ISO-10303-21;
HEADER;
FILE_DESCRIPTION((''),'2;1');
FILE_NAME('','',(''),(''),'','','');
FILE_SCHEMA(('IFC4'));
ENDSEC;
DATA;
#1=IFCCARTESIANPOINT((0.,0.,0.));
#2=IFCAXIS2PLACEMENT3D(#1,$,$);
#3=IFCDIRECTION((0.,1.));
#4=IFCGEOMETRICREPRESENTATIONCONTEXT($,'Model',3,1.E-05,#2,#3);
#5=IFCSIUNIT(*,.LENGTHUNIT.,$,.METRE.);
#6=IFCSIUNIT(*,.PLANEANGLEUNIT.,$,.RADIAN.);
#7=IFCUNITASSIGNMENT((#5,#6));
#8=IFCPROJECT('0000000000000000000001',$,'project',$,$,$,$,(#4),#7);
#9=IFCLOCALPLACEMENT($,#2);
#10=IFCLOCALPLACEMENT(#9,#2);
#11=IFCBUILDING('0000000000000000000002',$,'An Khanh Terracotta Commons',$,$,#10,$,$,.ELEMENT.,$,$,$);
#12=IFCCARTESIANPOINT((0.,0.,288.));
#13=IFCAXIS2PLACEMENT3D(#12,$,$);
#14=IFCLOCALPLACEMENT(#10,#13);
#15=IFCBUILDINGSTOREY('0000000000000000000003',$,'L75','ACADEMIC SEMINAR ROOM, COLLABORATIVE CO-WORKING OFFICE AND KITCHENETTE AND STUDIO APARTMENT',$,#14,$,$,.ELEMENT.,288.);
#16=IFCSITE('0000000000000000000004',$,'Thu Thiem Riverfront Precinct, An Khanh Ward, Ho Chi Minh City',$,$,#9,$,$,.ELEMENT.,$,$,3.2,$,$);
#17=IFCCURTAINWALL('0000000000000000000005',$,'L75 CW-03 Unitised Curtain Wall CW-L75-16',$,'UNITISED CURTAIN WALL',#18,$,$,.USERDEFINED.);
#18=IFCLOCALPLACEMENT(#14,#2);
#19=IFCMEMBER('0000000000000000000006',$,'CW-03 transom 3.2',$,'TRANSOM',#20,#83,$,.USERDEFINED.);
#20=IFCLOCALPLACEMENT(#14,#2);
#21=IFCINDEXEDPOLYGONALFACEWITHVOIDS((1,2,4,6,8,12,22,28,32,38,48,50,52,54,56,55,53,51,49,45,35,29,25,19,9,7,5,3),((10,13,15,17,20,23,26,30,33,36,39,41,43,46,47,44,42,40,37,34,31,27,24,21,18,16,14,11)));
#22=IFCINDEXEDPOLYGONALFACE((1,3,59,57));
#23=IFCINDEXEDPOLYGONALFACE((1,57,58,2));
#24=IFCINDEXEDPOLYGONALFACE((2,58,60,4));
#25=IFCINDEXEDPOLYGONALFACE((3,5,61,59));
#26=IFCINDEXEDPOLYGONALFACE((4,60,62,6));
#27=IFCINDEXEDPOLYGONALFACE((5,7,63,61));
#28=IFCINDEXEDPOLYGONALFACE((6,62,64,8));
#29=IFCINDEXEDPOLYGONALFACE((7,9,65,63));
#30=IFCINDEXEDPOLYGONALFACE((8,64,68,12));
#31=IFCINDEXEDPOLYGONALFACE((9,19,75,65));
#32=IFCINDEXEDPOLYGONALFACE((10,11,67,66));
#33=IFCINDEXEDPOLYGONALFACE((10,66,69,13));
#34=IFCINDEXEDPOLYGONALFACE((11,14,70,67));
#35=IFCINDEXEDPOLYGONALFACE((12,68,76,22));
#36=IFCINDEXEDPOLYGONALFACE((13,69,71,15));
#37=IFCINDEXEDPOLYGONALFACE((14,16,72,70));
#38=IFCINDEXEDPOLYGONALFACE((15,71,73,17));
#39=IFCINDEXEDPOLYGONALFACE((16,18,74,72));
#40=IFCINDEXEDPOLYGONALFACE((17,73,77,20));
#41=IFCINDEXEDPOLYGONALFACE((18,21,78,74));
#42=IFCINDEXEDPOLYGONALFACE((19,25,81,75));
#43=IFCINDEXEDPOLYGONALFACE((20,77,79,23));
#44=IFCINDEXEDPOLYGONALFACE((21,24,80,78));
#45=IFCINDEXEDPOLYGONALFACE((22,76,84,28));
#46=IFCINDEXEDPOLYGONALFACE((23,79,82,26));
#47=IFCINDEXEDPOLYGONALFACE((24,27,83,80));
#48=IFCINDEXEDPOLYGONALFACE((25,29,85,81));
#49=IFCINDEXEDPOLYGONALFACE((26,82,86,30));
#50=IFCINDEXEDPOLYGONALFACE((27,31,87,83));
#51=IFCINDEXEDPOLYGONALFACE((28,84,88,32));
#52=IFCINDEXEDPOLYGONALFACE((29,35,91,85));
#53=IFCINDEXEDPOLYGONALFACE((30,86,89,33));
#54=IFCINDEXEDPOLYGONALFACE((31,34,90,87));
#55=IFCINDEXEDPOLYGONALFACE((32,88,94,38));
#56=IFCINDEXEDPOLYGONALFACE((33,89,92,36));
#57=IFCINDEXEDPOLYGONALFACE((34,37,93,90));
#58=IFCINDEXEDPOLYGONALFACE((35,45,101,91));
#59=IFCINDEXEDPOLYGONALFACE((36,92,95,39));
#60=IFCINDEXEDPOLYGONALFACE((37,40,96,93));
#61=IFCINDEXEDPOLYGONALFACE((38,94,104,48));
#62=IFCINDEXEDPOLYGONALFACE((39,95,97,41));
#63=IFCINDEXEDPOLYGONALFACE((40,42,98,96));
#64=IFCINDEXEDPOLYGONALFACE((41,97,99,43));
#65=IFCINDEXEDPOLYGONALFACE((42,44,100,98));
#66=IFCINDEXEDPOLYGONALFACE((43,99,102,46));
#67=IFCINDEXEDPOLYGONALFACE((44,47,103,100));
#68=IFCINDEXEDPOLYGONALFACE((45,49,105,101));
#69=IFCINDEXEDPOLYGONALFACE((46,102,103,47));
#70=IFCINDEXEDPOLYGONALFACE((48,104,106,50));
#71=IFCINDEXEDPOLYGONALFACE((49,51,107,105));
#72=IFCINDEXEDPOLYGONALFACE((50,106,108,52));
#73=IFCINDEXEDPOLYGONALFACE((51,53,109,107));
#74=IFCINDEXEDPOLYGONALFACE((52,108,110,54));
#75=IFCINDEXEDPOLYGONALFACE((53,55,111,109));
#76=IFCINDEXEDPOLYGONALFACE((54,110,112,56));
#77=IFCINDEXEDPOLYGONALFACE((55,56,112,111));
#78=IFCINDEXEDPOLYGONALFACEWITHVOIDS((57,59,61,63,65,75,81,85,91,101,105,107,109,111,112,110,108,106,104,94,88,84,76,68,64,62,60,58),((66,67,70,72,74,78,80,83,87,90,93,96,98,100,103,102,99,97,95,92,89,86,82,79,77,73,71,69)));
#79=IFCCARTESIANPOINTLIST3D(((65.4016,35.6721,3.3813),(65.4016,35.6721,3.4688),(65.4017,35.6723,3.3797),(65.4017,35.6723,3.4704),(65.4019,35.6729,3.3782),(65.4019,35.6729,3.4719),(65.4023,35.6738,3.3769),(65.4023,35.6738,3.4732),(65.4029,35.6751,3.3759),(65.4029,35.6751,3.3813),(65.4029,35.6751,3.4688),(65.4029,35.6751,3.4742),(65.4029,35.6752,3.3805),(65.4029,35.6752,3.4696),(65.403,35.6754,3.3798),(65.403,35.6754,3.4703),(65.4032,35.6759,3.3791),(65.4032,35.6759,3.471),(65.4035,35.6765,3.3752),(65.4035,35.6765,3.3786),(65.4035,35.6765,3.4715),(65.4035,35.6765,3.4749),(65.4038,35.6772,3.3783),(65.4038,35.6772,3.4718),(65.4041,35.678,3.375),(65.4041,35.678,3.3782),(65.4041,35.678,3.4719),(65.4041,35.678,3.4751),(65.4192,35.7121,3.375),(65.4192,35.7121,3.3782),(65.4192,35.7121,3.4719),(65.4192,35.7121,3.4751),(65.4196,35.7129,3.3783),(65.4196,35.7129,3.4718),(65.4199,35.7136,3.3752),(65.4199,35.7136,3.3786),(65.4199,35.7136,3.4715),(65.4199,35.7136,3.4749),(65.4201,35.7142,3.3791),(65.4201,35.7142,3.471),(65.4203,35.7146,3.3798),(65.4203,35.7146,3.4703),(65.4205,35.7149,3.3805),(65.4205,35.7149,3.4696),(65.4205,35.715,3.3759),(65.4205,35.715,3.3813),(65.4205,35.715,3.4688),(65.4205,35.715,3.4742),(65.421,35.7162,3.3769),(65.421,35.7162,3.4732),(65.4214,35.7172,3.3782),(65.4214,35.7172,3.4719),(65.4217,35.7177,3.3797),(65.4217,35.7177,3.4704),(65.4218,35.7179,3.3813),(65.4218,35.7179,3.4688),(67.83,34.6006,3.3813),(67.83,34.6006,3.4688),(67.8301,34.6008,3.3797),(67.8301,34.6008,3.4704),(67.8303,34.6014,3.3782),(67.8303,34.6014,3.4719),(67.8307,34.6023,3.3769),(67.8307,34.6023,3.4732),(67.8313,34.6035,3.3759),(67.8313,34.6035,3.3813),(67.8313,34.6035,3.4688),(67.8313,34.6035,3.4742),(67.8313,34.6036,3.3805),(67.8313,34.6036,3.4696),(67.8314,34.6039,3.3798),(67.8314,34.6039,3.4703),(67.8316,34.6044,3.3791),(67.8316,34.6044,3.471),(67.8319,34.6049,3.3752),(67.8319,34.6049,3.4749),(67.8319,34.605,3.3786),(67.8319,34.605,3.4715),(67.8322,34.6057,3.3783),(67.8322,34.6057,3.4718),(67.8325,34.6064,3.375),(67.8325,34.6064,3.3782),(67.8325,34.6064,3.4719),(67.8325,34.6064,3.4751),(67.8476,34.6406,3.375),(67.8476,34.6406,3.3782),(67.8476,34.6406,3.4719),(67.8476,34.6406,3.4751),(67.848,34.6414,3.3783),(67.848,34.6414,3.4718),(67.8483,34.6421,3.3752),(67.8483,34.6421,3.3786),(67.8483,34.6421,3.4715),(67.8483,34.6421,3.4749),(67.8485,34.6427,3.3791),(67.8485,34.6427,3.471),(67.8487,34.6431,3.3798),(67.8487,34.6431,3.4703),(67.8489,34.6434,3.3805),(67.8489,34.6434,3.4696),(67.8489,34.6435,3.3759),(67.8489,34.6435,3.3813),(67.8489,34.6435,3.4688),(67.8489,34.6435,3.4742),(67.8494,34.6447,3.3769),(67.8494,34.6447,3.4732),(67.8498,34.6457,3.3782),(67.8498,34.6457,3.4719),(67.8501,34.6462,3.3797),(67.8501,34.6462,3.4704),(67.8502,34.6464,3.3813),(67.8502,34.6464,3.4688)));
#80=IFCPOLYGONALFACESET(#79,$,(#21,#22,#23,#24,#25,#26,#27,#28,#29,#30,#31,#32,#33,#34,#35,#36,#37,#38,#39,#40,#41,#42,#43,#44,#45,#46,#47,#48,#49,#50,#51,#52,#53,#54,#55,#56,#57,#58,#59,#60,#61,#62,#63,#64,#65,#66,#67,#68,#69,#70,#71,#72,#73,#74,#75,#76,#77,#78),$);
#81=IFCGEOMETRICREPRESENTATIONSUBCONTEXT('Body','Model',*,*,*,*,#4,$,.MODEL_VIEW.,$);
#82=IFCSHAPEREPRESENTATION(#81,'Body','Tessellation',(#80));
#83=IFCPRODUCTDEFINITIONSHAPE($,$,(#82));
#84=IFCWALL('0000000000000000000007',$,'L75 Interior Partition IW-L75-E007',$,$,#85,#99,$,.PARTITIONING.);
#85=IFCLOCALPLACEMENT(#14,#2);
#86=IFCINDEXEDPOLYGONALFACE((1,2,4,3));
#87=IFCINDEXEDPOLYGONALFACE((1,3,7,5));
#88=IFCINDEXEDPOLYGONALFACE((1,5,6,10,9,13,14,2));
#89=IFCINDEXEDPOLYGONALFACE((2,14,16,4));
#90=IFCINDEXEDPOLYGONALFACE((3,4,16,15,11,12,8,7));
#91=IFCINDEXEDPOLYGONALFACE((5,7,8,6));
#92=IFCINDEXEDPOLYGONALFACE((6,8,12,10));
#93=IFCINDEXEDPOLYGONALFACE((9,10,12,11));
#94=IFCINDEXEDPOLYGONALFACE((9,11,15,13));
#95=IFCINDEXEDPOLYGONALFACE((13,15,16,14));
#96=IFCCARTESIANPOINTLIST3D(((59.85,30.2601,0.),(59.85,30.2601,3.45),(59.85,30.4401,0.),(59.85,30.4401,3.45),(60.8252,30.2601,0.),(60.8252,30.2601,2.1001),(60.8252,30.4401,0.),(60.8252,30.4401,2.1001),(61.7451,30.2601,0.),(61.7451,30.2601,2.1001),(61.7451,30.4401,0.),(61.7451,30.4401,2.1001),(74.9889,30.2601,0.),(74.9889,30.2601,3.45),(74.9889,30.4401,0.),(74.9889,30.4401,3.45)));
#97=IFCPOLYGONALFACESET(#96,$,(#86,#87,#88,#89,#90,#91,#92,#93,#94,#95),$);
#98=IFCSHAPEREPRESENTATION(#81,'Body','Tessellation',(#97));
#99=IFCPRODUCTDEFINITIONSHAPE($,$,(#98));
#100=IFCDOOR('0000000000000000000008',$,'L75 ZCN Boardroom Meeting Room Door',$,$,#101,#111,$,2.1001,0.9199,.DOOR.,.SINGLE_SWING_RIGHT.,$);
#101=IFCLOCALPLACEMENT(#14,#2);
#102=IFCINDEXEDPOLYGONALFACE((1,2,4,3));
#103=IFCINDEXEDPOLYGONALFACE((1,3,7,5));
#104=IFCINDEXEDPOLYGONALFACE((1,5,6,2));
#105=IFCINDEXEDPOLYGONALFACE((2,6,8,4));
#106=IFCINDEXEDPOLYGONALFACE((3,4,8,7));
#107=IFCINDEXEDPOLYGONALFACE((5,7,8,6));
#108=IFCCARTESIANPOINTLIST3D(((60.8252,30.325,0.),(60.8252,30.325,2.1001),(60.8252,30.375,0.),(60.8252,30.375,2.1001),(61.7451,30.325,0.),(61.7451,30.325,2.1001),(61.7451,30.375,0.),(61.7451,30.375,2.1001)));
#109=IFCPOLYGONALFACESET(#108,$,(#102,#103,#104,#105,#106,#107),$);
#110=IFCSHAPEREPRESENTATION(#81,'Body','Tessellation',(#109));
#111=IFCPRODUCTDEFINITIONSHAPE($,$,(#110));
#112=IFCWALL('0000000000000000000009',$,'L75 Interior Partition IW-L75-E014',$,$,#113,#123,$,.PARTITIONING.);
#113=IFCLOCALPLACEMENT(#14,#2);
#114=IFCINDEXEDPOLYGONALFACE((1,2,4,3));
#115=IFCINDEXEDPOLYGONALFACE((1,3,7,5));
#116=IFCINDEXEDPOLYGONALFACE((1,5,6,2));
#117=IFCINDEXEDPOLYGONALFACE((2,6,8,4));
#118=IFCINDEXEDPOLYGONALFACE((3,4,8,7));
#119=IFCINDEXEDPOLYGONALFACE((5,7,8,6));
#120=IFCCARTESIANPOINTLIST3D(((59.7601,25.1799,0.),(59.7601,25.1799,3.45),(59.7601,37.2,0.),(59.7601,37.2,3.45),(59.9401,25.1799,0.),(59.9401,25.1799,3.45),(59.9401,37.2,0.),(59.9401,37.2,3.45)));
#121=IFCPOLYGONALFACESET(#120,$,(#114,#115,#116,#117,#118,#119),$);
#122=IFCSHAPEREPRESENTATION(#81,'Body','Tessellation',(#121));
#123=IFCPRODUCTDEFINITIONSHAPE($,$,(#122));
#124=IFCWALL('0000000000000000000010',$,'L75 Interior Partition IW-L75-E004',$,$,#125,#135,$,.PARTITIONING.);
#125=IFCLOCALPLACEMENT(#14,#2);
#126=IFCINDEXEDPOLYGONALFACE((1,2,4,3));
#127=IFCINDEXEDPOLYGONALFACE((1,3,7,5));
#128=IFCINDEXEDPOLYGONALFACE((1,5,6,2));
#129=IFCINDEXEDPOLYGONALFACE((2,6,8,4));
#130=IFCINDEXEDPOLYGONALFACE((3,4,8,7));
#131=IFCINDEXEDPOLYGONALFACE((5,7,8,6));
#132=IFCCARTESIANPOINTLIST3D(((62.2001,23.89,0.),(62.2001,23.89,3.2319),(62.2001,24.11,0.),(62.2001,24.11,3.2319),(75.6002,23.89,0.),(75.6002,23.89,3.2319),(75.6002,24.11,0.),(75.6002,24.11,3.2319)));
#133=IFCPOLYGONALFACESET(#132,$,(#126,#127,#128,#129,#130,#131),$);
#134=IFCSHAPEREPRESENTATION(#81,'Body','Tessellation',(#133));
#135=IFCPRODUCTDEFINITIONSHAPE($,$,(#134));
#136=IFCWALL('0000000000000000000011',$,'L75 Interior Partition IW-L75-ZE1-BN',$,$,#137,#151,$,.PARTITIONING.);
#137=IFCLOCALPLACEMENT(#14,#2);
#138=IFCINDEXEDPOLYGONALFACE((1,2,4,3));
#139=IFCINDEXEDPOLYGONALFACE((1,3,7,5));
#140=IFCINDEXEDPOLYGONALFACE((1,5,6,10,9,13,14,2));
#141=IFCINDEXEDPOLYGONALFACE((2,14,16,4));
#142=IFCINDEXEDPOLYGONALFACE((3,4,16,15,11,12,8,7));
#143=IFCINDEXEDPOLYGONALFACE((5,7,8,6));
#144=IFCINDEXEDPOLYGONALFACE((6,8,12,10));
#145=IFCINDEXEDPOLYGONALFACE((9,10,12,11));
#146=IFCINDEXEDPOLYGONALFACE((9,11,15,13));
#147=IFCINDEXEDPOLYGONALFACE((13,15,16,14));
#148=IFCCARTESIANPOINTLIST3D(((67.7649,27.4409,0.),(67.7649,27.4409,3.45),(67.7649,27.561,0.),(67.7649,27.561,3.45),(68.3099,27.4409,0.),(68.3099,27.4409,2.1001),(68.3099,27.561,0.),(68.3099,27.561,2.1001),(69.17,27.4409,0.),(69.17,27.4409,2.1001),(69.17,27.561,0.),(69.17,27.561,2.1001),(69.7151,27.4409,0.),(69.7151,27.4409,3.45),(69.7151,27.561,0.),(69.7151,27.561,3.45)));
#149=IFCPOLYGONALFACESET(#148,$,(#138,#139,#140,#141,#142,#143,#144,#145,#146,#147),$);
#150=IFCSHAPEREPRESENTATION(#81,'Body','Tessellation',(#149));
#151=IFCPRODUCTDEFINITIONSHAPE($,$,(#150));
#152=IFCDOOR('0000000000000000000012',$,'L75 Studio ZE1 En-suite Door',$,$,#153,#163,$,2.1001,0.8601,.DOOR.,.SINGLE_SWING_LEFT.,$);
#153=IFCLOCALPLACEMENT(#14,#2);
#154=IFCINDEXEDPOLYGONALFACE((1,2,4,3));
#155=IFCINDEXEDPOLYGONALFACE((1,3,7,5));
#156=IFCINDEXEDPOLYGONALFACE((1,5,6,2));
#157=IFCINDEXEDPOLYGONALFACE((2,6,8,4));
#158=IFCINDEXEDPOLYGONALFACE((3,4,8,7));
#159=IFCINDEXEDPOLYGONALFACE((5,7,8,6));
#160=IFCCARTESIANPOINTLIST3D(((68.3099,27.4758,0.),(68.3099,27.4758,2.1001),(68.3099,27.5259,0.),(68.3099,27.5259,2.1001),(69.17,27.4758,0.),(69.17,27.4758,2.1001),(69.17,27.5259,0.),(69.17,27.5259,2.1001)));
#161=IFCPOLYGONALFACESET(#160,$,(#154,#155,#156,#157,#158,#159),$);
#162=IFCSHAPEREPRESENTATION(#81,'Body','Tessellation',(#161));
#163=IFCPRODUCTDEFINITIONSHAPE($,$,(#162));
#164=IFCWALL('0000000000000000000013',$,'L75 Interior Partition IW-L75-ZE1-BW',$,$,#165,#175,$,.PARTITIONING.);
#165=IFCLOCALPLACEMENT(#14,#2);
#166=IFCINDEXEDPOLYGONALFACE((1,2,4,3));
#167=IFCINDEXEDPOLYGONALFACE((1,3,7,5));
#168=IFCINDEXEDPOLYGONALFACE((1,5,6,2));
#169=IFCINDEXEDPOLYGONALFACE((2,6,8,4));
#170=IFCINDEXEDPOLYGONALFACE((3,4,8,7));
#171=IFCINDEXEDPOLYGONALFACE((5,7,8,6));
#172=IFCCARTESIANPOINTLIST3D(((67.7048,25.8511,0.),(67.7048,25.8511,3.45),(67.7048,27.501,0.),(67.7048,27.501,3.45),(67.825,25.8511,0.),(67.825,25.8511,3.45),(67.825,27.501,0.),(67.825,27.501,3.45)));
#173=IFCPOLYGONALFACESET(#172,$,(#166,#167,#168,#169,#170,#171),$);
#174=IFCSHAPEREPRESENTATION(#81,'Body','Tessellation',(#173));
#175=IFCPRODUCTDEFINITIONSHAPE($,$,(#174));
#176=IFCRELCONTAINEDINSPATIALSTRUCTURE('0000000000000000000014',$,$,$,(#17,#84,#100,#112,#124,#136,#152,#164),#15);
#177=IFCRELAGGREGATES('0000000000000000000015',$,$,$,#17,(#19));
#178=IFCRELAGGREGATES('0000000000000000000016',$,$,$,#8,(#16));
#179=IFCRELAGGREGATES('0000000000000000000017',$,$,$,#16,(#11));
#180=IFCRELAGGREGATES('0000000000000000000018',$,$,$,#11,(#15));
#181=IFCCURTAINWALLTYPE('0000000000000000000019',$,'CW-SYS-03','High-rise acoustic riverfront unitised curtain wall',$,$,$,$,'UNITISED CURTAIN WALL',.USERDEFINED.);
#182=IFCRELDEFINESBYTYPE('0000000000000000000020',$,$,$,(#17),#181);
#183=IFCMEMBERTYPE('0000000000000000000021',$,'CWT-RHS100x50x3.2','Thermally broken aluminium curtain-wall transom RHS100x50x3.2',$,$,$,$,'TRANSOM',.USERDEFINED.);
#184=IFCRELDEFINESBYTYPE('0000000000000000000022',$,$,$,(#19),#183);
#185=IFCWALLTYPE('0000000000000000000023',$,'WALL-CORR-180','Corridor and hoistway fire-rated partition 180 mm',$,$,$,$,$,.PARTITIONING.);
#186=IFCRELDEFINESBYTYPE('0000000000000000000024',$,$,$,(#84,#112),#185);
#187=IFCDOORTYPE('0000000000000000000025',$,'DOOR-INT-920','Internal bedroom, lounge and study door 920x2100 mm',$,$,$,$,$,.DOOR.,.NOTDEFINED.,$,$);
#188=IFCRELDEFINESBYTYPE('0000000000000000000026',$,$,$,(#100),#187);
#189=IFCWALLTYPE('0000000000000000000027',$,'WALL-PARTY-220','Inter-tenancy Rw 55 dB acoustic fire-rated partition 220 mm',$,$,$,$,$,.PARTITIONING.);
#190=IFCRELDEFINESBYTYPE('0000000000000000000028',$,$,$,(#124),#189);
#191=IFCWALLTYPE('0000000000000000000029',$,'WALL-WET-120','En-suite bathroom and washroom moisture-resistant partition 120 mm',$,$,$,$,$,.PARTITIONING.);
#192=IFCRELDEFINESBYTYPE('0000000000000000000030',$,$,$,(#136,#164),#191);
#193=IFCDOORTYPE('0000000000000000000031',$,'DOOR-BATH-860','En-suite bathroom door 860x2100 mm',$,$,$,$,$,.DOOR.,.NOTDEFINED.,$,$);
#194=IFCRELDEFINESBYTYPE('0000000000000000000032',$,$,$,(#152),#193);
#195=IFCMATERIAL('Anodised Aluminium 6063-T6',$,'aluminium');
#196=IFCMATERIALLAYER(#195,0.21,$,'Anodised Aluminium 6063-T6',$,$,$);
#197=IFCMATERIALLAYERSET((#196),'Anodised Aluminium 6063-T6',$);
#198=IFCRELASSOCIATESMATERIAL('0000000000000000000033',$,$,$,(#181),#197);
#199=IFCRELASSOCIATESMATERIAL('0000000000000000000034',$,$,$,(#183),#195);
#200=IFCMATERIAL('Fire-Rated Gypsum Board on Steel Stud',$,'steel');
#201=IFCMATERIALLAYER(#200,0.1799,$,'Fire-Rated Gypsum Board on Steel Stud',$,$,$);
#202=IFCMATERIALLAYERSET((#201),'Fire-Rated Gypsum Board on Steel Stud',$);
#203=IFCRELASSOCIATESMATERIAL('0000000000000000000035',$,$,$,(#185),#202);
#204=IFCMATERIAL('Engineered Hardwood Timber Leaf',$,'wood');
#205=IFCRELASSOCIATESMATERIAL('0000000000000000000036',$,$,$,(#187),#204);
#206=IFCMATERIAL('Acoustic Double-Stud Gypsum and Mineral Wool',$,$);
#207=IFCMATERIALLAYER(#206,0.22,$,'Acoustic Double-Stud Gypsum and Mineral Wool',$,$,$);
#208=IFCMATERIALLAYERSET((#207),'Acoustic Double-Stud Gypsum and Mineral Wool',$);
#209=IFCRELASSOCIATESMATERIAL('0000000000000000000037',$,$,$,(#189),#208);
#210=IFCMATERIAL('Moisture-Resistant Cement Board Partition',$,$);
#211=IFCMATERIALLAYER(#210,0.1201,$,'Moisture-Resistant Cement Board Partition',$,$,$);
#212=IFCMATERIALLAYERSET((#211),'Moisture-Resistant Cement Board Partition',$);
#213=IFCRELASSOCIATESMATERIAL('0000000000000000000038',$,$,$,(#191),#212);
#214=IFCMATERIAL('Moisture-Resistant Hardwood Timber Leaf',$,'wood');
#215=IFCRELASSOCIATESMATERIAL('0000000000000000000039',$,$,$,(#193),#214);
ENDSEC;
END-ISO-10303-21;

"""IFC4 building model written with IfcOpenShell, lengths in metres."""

from ifc_helpers import new_model, si_unit, direction, frame, frame_2d, origin, origin_2d, place, context, subcontext, project, spatial, rectangle, hollow_rectangle, extrude, material, layer, layer_set, material_profile, profile_set, type_object, element, fill, aggregate, save


model = new_model("IFC4")

# Units and contexts
model_context = context("Model", 3, precision=1e-05, world=origin(), true_north=direction((0.0, 1.0)))
body_context = subcontext(model_context, "Body", "Model", "MODEL_VIEW")
ifc_project = project(units=[si_unit("LENGTHUNIT", "METRE"), si_unit("PLANEANGLEUNIT", "RADIAN")], contexts=[model_context])

# Site, building, storey
site_placement = place(None, origin())
site = spatial("IfcSite", under=ifc_project, at=site_placement, Name="Thu Thiem Riverfront Precinct, An Khanh Ward, Ho Chi Minh City", CompositionType="ELEMENT", RefElevation=3.2)
building_placement = place(site_placement, origin())
building = spatial("IfcBuilding", under=site, at=building_placement, Name="An Khanh Terracotta Commons", CompositionType="ELEMENT")
storey_placement = place(building_placement, frame((0.0, 0.0, 288.0)))
storey = spatial("IfcBuildingStorey", under=building, at=storey_placement, Name="L75", Description="ACADEMIC SEMINAR ROOM, COLLABORATIVE CO-WORKING OFFICE AND KITCHENETTE AND STUDIO APARTMENT", CompositionType="ELEMENT", Elevation=288.0)

# Curtain wall, member
ifc_material_1 = material(Name="Anodised Aluminium 6063-T6", Category="aluminium")
ifc_layer_1 = layer(ifc_material_1, 0.21, Name="Anodised Aluminium 6063-T6")
ifc_layer_set_1 = layer_set([ifc_layer_1], Name="Anodised Aluminium 6063-T6")
curtain_wall_type = type_object("IfcCurtainWallType", Name="CW-SYS-03", Description="High-rise acoustic riverfront unitised curtain wall", ElementType="UNITISED CURTAIN WALL", PredefinedType="USERDEFINED", material=ifc_layer_set_1)
curtain_wall_placement = place(storey_placement, origin())
curtain_wall = element("IfcCurtainWall", 1, at=curtain_wall_placement, inside=storey, type_object=curtain_wall_type, Name="L75 CW-03 Unitised Curtain Wall CW-L75-16", ObjectType="UNITISED CURTAIN WALL", PredefinedType="USERDEFINED")
ifc_material_profile_1 = material_profile(ifc_material_1, hollow_rectangle(XDim=0.05, YDim=0.1001, WallThickness=0.0032, InnerFilletRadius=0.0032, OuterFilletRadius=0.0063, at=origin_2d()), Name="RHS100x50x3.2")
ifc_profile_set_1 = profile_set([ifc_material_profile_1], Name="Anodised Aluminium 6063-T6")
member_type_1 = type_object("IfcMemberType", Name="CWT-RHS100x50x3.2", Description="Thermally broken aluminium curtain-wall transom RHS100x50x3.2", ElementType="TRANSOM", PredefinedType="USERDEFINED", material=ifc_profile_set_1)
member_1_placement = place(storey_placement, frame((67.8401, 34.6235, 3.425), z_axis=(-0.914897, 0.403688, 0.0), x_axis=(-0.403688, -0.914897, 0.0)))
member_1 = element("IfcMember", 2, at=member_1_placement, type_object=member_type_1, Name="CW-03 transom 3.2", ObjectType="TRANSOM", PredefinedType="USERDEFINED", context=body_context, shape_type="SweptSolid", body=[
    extrude(hollow_rectangle(XDim=0.05, YDim=0.1001, WallThickness=0.0032, InnerFilletRadius=0.0032, OuterFilletRadius=0.0063, at=origin_2d()), origin(), (0.0, 0.0, 1.0), 2.6543),
])
aggregate(curtain_wall, [member_1])

# Wall, opening, door
ifc_material_2 = material(Name="Fire-Rated Gypsum Board on Steel Stud", Category="steel")
ifc_layer_2 = layer(ifc_material_2, 0.1799, Name="Fire-Rated Gypsum Board on Steel Stud")
ifc_layer_set_2 = layer_set([ifc_layer_2], Name="Fire-Rated Gypsum Board on Steel Stud")
wall_type_1 = type_object("IfcWallType", Name="WALL-CORR-180", Description="Corridor and hoistway fire-rated partition 180 mm", PredefinedType="PARTITIONING", material=ifc_layer_set_2)
wall_1_placement = place(storey_placement, frame((59.8501, 30.3501, 0.0), z_axis=(0.0, 0.0, 1.0), x_axis=(1.0, 0.0, 0.0)))
wall_1 = element("IfcWall", 3, at=wall_1_placement, inside=storey, type_object=wall_type_1, Name="L75 Interior Partition IW-L75-E007", PredefinedType="PARTITIONING", context=body_context, shape_type="SweptSolid", body=[
    extrude(rectangle(XDim=15.1389, YDim=0.1799, at=frame_2d((7.5693, 0.0))), origin(), (0.0, 0.0, 1.0), 3.45),
])
opening_1_placement = place(wall_1_placement, frame((0.9751, 0.0, 0.0)))
opening_1 = element("IfcOpeningElement", 4, at=opening_1_placement, cuts=wall_1, PredefinedType="OPENING", context=body_context, shape_type="SweptSolid", body=[
    extrude(rectangle(XDim=0.9199, YDim=2.1001, at=frame_2d((0.46, 1.05))), frame((0.0, 0.0999, 0.0), z_axis=(0.0, -1.0, 0.0), x_axis=(1.0, 0.0, 0.0)), (0.0, 0.0, 1.0), 0.2),
])
ifc_material_3 = material(Name="Engineered Hardwood Timber Leaf", Category="wood")
door_type_1 = type_object("IfcDoorType", Name="DOOR-INT-920", Description="Internal bedroom, lounge and study door 920x2100 mm", OperationType="NOTDEFINED", PredefinedType="DOOR", material=ifc_material_3)
door_1_placement = place(opening_1_placement, origin())
door_1 = element("IfcDoor", 5, at=door_1_placement, inside=storey, type_object=door_type_1, Name="L75 ZCN Boardroom Meeting Room Door", OperationType="SINGLE_SWING_RIGHT", OverallHeight=2.1001, OverallWidth=0.9199, PredefinedType="DOOR", context=body_context, shape_type="SweptSolid", body=[
    extrude(rectangle(XDim=0.9199, YDim=2.1001, at=frame_2d((0.46, 1.05))), frame((0.0, 0.0249, 0.0), z_axis=(0.0, -1.0, 0.0), x_axis=(1.0, 0.0, 0.0)), (0.0, 0.0, 1.0), 0.05),
])
fill(opening_1, door_1)

# Walls
wall_2_placement = place(storey_placement, frame((59.8501, 25.1799, 0.0), z_axis=(0.0, 0.0, 1.0), x_axis=(0.0, 1.0, 0.0)))
element("IfcWall", 6, at=wall_2_placement, inside=storey, type_object=wall_type_1, Name="L75 Interior Partition IW-L75-E014", PredefinedType="PARTITIONING", context=body_context, shape_type="SweptSolid", body=[
    extrude(rectangle(XDim=12.02, YDim=0.1799, at=frame_2d((6.01, 0.0))), origin(), (0.0, 0.0, 1.0), 3.45),
])
ifc_material_4 = material(Name="Acoustic Double-Stud Gypsum and Mineral Wool")
ifc_layer_3 = layer(ifc_material_4, 0.22, Name="Acoustic Double-Stud Gypsum and Mineral Wool")
ifc_layer_set_3 = layer_set([ifc_layer_3], Name="Acoustic Double-Stud Gypsum and Mineral Wool")
wall_type_2 = type_object("IfcWallType", Name="WALL-PARTY-220", Description="Inter-tenancy Rw 55 dB acoustic fire-rated partition 220 mm", PredefinedType="PARTITIONING", material=ifc_layer_set_3)
wall_3_placement = place(storey_placement, frame((62.2, 24.0, 0.0), z_axis=(0.0, 0.0, 1.0), x_axis=(1.0, 0.0, 0.0)))
element("IfcWall", 7, at=wall_3_placement, inside=storey, type_object=wall_type_2, Name="L75 Interior Partition IW-L75-E004", PredefinedType="PARTITIONING", context=body_context, shape_type="SweptSolid", body=[
    extrude(rectangle(XDim=13.4001, YDim=0.22, at=frame_2d((6.7002, 0.0))), origin(), (0.0, 0.0, 1.0), 3.2319),
])

# Wall, opening, door
ifc_material_5 = material(Name="Moisture-Resistant Cement Board Partition")
ifc_layer_4 = layer(ifc_material_5, 0.1201, Name="Moisture-Resistant Cement Board Partition")
ifc_layer_set_4 = layer_set([ifc_layer_4], Name="Moisture-Resistant Cement Board Partition")
wall_type_3 = type_object("IfcWallType", Name="WALL-WET-120", Description="En-suite bathroom and washroom moisture-resistant partition 120 mm", PredefinedType="PARTITIONING", material=ifc_layer_set_4)
wall_4_placement = place(storey_placement, frame((67.7649, 27.501, 0.0), z_axis=(0.0, 0.0, 1.0), x_axis=(1.0, 0.0, 0.0)))
wall_4 = element("IfcWall", 8, at=wall_4_placement, inside=storey, type_object=wall_type_3, Name="L75 Interior Partition IW-L75-ZE1-BN", PredefinedType="PARTITIONING", context=body_context, shape_type="SweptSolid", body=[
    extrude(rectangle(XDim=1.9502, YDim=0.1201, at=frame_2d((0.9751, 0.0))), origin(), (0.0, 0.0, 1.0), 3.45),
])
opening_2_placement = place(wall_4_placement, frame((0.5449, 0.0, 0.0)))
opening_2 = element("IfcOpeningElement", 9, at=opening_2_placement, cuts=wall_4, PredefinedType="OPENING", context=body_context, shape_type="SweptSolid", body=[
    extrude(rectangle(XDim=0.8601, YDim=2.1001, at=frame_2d((0.4302, 1.05))), frame((0.0, 0.0701, 0.0), z_axis=(0.0, -1.0, 0.0), x_axis=(1.0, 0.0, 0.0)), (0.0, 0.0, 1.0), 0.1401),
])
ifc_material_6 = material(Name="Moisture-Resistant Hardwood Timber Leaf", Category="wood")
door_type_2 = type_object("IfcDoorType", Name="DOOR-BATH-860", Description="En-suite bathroom door 860x2100 mm", OperationType="NOTDEFINED", PredefinedType="DOOR", material=ifc_material_6)
door_2_placement = place(opening_2_placement, origin())
door_2 = element("IfcDoor", 10, at=door_2_placement, inside=storey, type_object=door_type_2, Name="L75 Studio ZE1 En-suite Door", OperationType="SINGLE_SWING_LEFT", OverallHeight=2.1001, OverallWidth=0.8601, PredefinedType="DOOR", context=body_context, shape_type="SweptSolid", body=[
    extrude(rectangle(XDim=0.8601, YDim=2.1001, at=frame_2d((0.4302, 1.05))), frame((0.0, 0.0249, 0.0), z_axis=(0.0, -1.0, 0.0), x_axis=(1.0, 0.0, 0.0)), (0.0, 0.0, 1.0), 0.05),
])
fill(opening_2, door_2)

# Wall
wall_5_placement = place(storey_placement, frame((67.7649, 27.501, 0.0), z_axis=(0.0, 0.0, 1.0), x_axis=(0.0, -1.0, 0.0)))
element("IfcWall", 11, at=wall_5_placement, inside=storey, type_object=wall_type_3, Name="L75 Interior Partition IW-L75-ZE1-BW", PredefinedType="PARTITIONING", context=body_context, shape_type="SweptSolid", body=[
    extrude(rectangle(XDim=1.6499, YDim=0.1201, at=frame_2d((0.825, 0.0))), origin(), (0.0, 0.0, 1.0), 3.45),
])

save(model, "model.ifc")
